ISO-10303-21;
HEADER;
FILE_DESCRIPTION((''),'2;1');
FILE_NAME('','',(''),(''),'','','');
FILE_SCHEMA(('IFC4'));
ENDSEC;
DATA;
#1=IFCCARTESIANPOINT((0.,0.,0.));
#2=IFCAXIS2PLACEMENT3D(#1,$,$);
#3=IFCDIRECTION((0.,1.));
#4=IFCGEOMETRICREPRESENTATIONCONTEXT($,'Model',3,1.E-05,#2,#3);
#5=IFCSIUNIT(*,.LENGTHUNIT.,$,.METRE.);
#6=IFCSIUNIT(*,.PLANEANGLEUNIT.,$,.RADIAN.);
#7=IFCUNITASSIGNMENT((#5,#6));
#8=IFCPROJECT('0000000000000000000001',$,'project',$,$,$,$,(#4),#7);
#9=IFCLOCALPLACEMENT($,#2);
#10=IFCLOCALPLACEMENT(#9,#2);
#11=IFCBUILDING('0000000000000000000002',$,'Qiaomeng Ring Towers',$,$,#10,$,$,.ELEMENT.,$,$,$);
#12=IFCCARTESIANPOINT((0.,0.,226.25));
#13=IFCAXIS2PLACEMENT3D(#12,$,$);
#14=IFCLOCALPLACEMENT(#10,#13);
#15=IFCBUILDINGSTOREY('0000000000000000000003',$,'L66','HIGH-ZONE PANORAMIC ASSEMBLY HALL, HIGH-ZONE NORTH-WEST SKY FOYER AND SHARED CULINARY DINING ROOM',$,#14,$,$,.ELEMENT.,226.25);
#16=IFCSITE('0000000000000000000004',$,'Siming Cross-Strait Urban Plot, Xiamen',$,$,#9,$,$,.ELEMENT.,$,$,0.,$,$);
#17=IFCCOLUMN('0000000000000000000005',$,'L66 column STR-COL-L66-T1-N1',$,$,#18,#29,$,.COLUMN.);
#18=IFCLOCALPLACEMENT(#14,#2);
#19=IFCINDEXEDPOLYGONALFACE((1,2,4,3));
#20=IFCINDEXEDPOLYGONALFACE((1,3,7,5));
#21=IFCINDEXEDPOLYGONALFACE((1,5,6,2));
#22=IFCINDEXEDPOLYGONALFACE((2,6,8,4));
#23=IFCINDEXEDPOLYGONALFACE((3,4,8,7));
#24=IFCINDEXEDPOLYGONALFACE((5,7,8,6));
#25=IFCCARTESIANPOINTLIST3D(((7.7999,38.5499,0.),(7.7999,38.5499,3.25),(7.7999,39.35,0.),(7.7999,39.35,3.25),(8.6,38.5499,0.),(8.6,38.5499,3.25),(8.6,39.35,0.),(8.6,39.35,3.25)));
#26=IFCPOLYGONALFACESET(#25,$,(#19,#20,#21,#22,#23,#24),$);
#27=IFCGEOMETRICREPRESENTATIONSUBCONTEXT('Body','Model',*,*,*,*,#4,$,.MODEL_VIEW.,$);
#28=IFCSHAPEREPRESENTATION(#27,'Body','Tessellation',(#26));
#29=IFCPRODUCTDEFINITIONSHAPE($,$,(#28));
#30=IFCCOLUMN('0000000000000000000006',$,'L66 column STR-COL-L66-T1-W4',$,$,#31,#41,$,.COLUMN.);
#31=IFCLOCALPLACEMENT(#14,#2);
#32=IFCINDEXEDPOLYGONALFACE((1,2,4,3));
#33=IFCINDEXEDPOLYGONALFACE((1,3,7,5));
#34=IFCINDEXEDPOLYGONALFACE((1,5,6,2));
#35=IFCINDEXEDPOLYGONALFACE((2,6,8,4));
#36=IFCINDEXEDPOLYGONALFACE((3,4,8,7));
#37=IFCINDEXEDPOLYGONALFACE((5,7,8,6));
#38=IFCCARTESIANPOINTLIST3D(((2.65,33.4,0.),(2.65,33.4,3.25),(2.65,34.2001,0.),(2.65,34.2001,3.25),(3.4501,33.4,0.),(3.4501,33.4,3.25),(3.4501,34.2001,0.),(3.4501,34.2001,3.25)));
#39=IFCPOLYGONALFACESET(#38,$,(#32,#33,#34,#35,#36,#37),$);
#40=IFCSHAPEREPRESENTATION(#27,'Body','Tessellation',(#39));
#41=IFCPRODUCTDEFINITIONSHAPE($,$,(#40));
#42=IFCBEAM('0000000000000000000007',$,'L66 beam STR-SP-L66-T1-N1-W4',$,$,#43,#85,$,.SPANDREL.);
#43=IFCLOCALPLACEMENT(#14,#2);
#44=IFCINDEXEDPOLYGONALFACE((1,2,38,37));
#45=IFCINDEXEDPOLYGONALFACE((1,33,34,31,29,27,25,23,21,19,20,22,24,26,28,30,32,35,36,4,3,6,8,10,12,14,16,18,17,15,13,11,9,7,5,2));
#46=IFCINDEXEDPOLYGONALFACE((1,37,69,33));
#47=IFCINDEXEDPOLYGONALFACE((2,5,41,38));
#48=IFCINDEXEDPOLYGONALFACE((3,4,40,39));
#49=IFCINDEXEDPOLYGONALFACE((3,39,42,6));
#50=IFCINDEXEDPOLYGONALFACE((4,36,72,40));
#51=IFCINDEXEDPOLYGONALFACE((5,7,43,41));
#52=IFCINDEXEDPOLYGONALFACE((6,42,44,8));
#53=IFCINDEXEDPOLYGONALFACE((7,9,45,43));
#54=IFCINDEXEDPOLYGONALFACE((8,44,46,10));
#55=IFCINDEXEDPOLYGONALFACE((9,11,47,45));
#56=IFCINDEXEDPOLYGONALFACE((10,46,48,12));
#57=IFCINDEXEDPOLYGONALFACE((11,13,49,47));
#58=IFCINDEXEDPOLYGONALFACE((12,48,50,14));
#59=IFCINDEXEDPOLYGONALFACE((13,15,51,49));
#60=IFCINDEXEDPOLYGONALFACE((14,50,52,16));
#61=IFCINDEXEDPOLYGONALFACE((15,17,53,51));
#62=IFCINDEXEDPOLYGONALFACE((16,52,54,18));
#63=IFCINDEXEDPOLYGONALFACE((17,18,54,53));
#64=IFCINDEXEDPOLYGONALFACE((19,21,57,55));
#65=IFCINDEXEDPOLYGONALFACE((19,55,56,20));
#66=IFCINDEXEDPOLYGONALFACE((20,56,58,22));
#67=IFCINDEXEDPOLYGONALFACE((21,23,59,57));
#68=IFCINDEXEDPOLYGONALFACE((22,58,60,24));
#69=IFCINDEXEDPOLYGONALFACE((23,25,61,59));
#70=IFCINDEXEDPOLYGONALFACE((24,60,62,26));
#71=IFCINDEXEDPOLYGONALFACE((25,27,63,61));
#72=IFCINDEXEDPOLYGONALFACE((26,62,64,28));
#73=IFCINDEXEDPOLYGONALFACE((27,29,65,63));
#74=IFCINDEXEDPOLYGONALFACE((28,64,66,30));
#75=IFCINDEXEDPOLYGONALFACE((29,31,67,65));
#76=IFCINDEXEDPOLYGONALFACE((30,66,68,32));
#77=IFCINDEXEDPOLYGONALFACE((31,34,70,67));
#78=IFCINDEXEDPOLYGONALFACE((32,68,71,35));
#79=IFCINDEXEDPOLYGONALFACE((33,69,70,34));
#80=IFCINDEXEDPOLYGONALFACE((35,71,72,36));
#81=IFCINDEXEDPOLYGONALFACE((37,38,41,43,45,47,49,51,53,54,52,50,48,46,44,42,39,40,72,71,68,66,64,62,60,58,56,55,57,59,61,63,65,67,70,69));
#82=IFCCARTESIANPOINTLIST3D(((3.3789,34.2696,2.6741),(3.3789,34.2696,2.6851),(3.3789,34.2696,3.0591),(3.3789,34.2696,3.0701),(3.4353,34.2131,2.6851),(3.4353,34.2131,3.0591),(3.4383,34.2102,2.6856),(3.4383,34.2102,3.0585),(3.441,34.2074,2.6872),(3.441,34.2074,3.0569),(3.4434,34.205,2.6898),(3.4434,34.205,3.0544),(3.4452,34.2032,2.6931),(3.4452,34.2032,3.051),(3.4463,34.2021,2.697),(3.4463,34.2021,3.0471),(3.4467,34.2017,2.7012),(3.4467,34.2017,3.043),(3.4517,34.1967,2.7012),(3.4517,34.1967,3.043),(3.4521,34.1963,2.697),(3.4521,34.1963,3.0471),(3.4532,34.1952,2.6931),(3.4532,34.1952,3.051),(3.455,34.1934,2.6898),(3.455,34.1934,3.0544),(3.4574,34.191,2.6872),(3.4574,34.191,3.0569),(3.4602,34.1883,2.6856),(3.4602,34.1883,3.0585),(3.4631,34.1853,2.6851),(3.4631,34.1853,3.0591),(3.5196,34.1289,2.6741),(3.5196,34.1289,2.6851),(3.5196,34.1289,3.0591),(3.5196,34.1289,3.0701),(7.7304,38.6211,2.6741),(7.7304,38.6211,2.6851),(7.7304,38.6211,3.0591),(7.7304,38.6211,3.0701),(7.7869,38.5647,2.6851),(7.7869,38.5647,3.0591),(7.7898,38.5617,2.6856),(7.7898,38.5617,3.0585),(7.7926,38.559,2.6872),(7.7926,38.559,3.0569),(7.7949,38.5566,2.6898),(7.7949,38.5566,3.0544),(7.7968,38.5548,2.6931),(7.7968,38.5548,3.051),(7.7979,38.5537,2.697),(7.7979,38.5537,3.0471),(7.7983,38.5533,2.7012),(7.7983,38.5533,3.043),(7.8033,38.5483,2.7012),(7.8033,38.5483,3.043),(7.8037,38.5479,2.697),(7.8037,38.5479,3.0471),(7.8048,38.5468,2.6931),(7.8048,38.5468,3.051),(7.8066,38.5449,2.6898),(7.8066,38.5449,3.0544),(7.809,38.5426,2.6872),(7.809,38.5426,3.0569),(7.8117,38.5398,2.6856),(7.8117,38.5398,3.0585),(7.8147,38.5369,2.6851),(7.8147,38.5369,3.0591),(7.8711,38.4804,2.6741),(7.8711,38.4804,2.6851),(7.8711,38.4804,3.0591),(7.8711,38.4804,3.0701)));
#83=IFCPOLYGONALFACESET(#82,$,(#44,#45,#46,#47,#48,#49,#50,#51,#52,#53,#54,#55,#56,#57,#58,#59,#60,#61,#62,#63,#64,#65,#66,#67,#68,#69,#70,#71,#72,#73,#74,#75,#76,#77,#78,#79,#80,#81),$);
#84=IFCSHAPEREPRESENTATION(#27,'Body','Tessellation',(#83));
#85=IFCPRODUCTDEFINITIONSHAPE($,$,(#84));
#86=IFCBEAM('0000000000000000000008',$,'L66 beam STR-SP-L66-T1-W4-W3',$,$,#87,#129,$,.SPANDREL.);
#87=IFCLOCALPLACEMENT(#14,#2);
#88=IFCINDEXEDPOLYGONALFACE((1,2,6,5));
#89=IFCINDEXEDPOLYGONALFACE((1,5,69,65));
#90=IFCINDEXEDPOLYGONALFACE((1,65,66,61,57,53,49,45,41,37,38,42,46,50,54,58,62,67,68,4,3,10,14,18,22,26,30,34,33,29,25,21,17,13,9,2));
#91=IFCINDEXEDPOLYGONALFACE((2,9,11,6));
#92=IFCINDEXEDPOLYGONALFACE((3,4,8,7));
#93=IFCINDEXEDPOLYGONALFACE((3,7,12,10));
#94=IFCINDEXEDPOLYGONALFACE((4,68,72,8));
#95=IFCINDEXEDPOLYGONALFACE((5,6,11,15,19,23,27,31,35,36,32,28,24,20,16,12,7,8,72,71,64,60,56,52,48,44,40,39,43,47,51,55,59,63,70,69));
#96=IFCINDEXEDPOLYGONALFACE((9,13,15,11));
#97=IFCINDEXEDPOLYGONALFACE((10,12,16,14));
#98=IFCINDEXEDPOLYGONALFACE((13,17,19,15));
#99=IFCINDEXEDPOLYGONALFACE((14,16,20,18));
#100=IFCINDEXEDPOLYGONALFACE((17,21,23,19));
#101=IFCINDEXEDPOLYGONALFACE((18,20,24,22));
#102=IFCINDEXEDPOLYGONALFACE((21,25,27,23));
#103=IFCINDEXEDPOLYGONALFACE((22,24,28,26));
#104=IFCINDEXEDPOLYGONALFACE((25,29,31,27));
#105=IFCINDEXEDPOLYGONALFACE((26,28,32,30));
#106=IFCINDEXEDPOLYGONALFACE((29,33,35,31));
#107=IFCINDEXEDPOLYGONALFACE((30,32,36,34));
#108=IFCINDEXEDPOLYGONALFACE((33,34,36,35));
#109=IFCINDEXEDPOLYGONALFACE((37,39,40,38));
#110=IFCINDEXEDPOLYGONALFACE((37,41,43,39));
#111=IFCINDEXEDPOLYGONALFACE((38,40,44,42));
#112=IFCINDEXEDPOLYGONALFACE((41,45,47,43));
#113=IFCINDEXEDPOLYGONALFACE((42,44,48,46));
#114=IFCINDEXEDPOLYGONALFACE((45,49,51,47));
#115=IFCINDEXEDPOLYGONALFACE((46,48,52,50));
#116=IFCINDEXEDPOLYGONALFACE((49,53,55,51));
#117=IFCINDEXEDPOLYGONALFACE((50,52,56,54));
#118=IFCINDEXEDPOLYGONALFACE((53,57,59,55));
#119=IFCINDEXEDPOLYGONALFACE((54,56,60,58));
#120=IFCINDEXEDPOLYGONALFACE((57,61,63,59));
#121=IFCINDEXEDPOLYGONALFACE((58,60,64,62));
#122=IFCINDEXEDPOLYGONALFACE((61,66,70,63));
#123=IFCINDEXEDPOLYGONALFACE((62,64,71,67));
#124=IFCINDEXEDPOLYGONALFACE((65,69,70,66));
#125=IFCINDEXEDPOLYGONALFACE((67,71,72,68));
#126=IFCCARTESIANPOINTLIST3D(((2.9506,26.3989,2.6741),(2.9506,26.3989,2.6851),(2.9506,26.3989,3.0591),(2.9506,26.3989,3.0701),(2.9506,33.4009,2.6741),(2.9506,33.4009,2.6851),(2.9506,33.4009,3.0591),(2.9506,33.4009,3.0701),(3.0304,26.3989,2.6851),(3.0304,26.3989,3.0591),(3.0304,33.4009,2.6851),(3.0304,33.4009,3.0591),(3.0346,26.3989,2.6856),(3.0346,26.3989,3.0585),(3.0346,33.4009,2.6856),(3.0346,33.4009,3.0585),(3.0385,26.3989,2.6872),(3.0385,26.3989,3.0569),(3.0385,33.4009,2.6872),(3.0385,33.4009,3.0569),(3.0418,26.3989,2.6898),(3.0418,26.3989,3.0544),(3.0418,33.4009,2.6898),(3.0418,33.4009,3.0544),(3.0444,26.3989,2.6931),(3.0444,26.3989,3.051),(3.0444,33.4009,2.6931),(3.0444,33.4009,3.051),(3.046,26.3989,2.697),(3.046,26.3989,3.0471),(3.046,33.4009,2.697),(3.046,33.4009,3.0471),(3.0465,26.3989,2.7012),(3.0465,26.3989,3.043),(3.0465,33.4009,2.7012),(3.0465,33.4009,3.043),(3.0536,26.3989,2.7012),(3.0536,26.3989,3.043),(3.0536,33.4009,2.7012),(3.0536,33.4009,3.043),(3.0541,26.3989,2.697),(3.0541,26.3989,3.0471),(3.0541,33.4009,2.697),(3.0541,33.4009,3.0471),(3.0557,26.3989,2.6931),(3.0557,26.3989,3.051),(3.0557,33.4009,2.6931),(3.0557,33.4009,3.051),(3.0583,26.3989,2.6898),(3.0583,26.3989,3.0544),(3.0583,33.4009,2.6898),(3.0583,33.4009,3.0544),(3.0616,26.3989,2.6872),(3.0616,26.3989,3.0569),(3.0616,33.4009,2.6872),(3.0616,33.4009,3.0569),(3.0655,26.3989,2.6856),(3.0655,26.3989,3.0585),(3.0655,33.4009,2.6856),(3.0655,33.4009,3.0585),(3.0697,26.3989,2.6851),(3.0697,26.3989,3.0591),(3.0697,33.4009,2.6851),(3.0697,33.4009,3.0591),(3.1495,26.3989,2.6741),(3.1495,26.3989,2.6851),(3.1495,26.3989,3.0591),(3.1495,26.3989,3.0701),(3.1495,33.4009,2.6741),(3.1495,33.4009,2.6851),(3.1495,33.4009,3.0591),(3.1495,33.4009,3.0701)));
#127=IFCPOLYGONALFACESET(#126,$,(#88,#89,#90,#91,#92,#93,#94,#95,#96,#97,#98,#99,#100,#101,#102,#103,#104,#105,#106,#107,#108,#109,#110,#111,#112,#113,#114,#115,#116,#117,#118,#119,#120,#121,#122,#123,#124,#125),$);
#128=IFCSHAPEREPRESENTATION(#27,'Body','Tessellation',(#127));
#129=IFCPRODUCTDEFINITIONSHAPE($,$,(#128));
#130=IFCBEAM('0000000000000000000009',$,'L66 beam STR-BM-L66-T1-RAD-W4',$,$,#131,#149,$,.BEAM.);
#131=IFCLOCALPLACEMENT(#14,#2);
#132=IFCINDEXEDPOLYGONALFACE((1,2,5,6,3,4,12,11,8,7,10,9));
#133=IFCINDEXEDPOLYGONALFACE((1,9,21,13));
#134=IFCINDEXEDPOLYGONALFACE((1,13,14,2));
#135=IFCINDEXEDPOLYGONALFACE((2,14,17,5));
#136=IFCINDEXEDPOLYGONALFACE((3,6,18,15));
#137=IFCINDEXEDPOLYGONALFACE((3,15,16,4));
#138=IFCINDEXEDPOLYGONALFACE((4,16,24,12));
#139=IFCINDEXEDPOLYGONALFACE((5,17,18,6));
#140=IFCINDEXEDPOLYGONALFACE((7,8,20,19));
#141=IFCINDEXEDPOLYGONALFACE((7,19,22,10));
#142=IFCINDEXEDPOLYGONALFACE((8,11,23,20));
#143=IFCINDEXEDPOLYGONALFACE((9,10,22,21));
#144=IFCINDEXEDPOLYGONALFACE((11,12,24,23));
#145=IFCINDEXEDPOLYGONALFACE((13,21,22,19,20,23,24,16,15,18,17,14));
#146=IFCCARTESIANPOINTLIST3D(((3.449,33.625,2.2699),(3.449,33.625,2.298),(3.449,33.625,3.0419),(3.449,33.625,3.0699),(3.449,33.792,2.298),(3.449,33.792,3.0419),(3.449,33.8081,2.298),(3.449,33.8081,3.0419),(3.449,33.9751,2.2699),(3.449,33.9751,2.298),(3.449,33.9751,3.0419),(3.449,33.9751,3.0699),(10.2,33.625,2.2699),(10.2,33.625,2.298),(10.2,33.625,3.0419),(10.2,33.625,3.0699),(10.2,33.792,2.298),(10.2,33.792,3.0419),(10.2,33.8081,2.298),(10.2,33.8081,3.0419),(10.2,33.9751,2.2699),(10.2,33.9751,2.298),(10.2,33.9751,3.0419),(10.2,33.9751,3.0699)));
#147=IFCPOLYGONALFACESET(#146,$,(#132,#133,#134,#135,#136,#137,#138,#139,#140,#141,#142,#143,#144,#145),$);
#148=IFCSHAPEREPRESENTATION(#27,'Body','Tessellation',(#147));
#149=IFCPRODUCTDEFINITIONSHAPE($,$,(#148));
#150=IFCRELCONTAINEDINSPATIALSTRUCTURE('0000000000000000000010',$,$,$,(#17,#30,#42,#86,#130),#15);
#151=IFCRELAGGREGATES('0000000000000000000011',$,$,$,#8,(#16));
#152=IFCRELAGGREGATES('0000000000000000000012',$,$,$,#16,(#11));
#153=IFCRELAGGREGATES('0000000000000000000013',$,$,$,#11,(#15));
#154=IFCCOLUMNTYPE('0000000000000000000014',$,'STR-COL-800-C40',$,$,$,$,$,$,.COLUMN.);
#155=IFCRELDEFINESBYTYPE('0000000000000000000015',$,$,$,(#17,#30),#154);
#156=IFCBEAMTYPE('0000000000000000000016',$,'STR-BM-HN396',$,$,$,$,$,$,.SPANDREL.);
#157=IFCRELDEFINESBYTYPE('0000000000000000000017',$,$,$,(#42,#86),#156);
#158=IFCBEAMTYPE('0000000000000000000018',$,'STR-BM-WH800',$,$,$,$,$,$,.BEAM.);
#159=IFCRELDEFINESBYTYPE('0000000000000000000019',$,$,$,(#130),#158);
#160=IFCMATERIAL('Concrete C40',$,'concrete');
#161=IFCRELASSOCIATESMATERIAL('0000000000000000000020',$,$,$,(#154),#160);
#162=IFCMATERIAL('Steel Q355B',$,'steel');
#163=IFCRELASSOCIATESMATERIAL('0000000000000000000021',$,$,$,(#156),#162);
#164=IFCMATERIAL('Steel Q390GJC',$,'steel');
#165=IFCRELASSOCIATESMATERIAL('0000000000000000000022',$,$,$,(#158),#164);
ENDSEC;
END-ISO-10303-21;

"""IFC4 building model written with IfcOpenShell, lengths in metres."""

from ifc_helpers import new_model, si_unit, direction, frame, origin, origin_2d, place, context, subcontext, project, spatial, rectangle, i_section, extrude, source, transform, mapped, material, material_profile, profile_set, type_object, element, save


model = new_model("IFC4")

# Units and contexts
model_context = context("Model", 3, precision=1e-05, world=origin(), true_north=direction((0.0, 1.0)))
body_context = subcontext(model_context, "Body", "Model", "MODEL_VIEW")
ifc_project = project(units=[si_unit("LENGTHUNIT", "METRE"), si_unit("PLANEANGLEUNIT", "RADIAN")], contexts=[model_context])

# Site, building, storey
site_placement = place(None, origin())
site = spatial("IfcSite", under=ifc_project, at=site_placement, Name="Siming Cross-Strait Urban Plot, Xiamen", CompositionType="ELEMENT", RefElevation=0.0)
building_placement = place(site_placement, origin())
building = spatial("IfcBuilding", under=site, at=building_placement, Name="Qiaomeng Ring Towers", CompositionType="ELEMENT")
storey_placement = place(building_placement, frame((0.0, 0.0, 226.25)))
storey = spatial("IfcBuildingStorey", under=building, at=storey_placement, Name="L66", Description="HIGH-ZONE PANORAMIC ASSEMBLY HALL, HIGH-ZONE NORTH-WEST SKY FOYER AND SHARED CULINARY DINING ROOM", CompositionType="ELEMENT", Elevation=226.25)

# Columns
ifc_material_1 = material(Name="Concrete C40", Category="concrete")
ifc_material_profile_1 = material_profile(ifc_material_1, rectangle(XDim=0.8, YDim=0.8, at=origin_2d()), Name="RC COL 800x800")
ifc_profile_set_1 = profile_set([ifc_material_profile_1], Name="Concrete C40")
column_type = type_object("IfcColumnType", Name="STR-COL-800-C40", PredefinedType="COLUMN", material=ifc_profile_set_1)
shared_shape_1 = source(origin(), body_context, "Body", "SweptSolid", [
    extrude(rectangle(XDim=0.8, YDim=0.8, at=origin_2d()), origin(), (0.0, 0.0, 1.0), 3.25),
])
for number, where, z_axis, x_axis, name in (
    (1, (8.2, 38.95, 0.0), (0.0, 0.0, 1.0), (1.0, 0.0, 0.0), "L66 column STR-COL-L66-T1-N1"),
    (2, (3.05, 33.8, 0.0), (0.0, 0.0, 1.0), (1.0, 0.0, 0.0), "L66 column STR-COL-L66-T1-W4"),
):
    element("IfcColumn", number, at=place(storey_placement, frame(where, z_axis=z_axis, x_axis=x_axis)), inside=storey, type_object=column_type, Name=name, PredefinedType="COLUMN", context=body_context, shape_type="MappedRepresentation", body=[
        mapped(shared_shape_1, transform((0.0, 0.0, 0.0), x_axis=(1.0, 0.0, 0.0), y_axis=(0.0, 1.0, 0.0), z_axis=(0.0, 0.0, 1.0), scale=1.0)),
    ])

# Beams
ifc_material_2 = material(Name="Steel Q355B", Category="steel")
ifc_material_profile_2 = material_profile(ifc_material_2, i_section(OverallWidth=0.199, OverallDepth=0.396, WebThickness=0.0071, FlangeThickness=0.011, FilletRadius=0.0161, at=origin_2d()), Name="HN 396x199x7x11")
ifc_profile_set_2 = profile_set([ifc_material_profile_2], Name="Steel Q355B")
beam_type_1 = type_object("IfcBeamType", Name="STR-BM-HN396", PredefinedType="SPANDREL", material=ifc_profile_set_2)
shared_shape_2 = source(origin(), body_context, "Body", "SweptSolid", [
    extrude(i_section(OverallWidth=0.199, OverallDepth=0.396, WebThickness=0.0071, FlangeThickness=0.011, FilletRadius=0.0161, at=origin_2d()), origin(), (0.0, 0.0, 1.0), 6.1541),
])
beam_1_placement = place(storey_placement, frame((7.8008, 38.5508, 2.8721), z_axis=(-0.707107, -0.707107, 0.0), x_axis=(0.707107, -0.707107, 0.0)))
element("IfcBeam", 3, at=beam_1_placement, inside=storey, type_object=beam_type_1, Name="L66 beam STR-SP-L66-T1-N1-W4", PredefinedType="SPANDREL", context=body_context, shape_type="MappedRepresentation", body=[
    mapped(shared_shape_2, transform((0.0, 0.0, 0.0), x_axis=(1.0, 0.0, 0.0), y_axis=(0.0, 1.0, 0.0), z_axis=(0.0, 0.0, 1.0), scale=1.0)),
])
shared_shape_3 = source(origin(), body_context, "Body", "SweptSolid", [
    extrude(i_section(OverallWidth=0.199, OverallDepth=0.396, WebThickness=0.0071, FlangeThickness=0.011, FilletRadius=0.0161, at=origin_2d()), origin(), (0.0, 0.0, 1.0), 7.002),
])
beam_2_placement = place(storey_placement, frame((3.05, 33.4009, 2.8721), z_axis=(0.0, -1.0, 0.0), x_axis=(1.0, 0.0, 0.0)))
element("IfcBeam", 4, at=beam_2_placement, inside=storey, type_object=beam_type_1, Name="L66 beam STR-SP-L66-T1-W4-W3", PredefinedType="SPANDREL", context=body_context, shape_type="MappedRepresentation", body=[
    mapped(shared_shape_3, transform((0.0, 0.0, 0.0), x_axis=(1.0, 0.0, 0.0), y_axis=(0.0, 1.0, 0.0), z_axis=(0.0, 0.0, 1.0), scale=1.0)),
])
ifc_material_3 = material(Name="Steel Q390GJC", Category="steel")
ifc_material_profile_3 = material_profile(ifc_material_3, i_section(OverallWidth=0.3501, OverallDepth=0.8, WebThickness=0.0161, FlangeThickness=0.0281, at=origin_2d()), Name="WH 800x350x16x28")
ifc_profile_set_3 = profile_set([ifc_material_profile_3], Name="Steel Q390GJC")
beam_type_2 = type_object("IfcBeamType", Name="STR-BM-WH800", PredefinedType="BEAM", material=ifc_profile_set_3)
shared_shape_4 = source(origin(), body_context, "Body", "SweptSolid", [
    extrude(i_section(OverallWidth=0.3501, OverallDepth=0.8, WebThickness=0.0161, FlangeThickness=0.0281, at=origin_2d()), origin(), (0.0, 0.0, 1.0), 6.751),
])
beam_3_placement = place(storey_placement, frame((3.449, 33.8, 2.6699), z_axis=(1.0, 0.0, 0.0), x_axis=(0.0, 1.0, 0.0)))
element("IfcBeam", 5, at=beam_3_placement, inside=storey, type_object=beam_type_2, Name="L66 beam STR-BM-L66-T1-RAD-W4", PredefinedType="BEAM", context=body_context, shape_type="MappedRepresentation", body=[
    mapped(shared_shape_4, transform((0.0, 0.0, 0.0), x_axis=(1.0, 0.0, 0.0), y_axis=(0.0, 1.0, 0.0), z_axis=(0.0, 0.0, 1.0), scale=1.0)),
])

save(model, "model.ifc")
